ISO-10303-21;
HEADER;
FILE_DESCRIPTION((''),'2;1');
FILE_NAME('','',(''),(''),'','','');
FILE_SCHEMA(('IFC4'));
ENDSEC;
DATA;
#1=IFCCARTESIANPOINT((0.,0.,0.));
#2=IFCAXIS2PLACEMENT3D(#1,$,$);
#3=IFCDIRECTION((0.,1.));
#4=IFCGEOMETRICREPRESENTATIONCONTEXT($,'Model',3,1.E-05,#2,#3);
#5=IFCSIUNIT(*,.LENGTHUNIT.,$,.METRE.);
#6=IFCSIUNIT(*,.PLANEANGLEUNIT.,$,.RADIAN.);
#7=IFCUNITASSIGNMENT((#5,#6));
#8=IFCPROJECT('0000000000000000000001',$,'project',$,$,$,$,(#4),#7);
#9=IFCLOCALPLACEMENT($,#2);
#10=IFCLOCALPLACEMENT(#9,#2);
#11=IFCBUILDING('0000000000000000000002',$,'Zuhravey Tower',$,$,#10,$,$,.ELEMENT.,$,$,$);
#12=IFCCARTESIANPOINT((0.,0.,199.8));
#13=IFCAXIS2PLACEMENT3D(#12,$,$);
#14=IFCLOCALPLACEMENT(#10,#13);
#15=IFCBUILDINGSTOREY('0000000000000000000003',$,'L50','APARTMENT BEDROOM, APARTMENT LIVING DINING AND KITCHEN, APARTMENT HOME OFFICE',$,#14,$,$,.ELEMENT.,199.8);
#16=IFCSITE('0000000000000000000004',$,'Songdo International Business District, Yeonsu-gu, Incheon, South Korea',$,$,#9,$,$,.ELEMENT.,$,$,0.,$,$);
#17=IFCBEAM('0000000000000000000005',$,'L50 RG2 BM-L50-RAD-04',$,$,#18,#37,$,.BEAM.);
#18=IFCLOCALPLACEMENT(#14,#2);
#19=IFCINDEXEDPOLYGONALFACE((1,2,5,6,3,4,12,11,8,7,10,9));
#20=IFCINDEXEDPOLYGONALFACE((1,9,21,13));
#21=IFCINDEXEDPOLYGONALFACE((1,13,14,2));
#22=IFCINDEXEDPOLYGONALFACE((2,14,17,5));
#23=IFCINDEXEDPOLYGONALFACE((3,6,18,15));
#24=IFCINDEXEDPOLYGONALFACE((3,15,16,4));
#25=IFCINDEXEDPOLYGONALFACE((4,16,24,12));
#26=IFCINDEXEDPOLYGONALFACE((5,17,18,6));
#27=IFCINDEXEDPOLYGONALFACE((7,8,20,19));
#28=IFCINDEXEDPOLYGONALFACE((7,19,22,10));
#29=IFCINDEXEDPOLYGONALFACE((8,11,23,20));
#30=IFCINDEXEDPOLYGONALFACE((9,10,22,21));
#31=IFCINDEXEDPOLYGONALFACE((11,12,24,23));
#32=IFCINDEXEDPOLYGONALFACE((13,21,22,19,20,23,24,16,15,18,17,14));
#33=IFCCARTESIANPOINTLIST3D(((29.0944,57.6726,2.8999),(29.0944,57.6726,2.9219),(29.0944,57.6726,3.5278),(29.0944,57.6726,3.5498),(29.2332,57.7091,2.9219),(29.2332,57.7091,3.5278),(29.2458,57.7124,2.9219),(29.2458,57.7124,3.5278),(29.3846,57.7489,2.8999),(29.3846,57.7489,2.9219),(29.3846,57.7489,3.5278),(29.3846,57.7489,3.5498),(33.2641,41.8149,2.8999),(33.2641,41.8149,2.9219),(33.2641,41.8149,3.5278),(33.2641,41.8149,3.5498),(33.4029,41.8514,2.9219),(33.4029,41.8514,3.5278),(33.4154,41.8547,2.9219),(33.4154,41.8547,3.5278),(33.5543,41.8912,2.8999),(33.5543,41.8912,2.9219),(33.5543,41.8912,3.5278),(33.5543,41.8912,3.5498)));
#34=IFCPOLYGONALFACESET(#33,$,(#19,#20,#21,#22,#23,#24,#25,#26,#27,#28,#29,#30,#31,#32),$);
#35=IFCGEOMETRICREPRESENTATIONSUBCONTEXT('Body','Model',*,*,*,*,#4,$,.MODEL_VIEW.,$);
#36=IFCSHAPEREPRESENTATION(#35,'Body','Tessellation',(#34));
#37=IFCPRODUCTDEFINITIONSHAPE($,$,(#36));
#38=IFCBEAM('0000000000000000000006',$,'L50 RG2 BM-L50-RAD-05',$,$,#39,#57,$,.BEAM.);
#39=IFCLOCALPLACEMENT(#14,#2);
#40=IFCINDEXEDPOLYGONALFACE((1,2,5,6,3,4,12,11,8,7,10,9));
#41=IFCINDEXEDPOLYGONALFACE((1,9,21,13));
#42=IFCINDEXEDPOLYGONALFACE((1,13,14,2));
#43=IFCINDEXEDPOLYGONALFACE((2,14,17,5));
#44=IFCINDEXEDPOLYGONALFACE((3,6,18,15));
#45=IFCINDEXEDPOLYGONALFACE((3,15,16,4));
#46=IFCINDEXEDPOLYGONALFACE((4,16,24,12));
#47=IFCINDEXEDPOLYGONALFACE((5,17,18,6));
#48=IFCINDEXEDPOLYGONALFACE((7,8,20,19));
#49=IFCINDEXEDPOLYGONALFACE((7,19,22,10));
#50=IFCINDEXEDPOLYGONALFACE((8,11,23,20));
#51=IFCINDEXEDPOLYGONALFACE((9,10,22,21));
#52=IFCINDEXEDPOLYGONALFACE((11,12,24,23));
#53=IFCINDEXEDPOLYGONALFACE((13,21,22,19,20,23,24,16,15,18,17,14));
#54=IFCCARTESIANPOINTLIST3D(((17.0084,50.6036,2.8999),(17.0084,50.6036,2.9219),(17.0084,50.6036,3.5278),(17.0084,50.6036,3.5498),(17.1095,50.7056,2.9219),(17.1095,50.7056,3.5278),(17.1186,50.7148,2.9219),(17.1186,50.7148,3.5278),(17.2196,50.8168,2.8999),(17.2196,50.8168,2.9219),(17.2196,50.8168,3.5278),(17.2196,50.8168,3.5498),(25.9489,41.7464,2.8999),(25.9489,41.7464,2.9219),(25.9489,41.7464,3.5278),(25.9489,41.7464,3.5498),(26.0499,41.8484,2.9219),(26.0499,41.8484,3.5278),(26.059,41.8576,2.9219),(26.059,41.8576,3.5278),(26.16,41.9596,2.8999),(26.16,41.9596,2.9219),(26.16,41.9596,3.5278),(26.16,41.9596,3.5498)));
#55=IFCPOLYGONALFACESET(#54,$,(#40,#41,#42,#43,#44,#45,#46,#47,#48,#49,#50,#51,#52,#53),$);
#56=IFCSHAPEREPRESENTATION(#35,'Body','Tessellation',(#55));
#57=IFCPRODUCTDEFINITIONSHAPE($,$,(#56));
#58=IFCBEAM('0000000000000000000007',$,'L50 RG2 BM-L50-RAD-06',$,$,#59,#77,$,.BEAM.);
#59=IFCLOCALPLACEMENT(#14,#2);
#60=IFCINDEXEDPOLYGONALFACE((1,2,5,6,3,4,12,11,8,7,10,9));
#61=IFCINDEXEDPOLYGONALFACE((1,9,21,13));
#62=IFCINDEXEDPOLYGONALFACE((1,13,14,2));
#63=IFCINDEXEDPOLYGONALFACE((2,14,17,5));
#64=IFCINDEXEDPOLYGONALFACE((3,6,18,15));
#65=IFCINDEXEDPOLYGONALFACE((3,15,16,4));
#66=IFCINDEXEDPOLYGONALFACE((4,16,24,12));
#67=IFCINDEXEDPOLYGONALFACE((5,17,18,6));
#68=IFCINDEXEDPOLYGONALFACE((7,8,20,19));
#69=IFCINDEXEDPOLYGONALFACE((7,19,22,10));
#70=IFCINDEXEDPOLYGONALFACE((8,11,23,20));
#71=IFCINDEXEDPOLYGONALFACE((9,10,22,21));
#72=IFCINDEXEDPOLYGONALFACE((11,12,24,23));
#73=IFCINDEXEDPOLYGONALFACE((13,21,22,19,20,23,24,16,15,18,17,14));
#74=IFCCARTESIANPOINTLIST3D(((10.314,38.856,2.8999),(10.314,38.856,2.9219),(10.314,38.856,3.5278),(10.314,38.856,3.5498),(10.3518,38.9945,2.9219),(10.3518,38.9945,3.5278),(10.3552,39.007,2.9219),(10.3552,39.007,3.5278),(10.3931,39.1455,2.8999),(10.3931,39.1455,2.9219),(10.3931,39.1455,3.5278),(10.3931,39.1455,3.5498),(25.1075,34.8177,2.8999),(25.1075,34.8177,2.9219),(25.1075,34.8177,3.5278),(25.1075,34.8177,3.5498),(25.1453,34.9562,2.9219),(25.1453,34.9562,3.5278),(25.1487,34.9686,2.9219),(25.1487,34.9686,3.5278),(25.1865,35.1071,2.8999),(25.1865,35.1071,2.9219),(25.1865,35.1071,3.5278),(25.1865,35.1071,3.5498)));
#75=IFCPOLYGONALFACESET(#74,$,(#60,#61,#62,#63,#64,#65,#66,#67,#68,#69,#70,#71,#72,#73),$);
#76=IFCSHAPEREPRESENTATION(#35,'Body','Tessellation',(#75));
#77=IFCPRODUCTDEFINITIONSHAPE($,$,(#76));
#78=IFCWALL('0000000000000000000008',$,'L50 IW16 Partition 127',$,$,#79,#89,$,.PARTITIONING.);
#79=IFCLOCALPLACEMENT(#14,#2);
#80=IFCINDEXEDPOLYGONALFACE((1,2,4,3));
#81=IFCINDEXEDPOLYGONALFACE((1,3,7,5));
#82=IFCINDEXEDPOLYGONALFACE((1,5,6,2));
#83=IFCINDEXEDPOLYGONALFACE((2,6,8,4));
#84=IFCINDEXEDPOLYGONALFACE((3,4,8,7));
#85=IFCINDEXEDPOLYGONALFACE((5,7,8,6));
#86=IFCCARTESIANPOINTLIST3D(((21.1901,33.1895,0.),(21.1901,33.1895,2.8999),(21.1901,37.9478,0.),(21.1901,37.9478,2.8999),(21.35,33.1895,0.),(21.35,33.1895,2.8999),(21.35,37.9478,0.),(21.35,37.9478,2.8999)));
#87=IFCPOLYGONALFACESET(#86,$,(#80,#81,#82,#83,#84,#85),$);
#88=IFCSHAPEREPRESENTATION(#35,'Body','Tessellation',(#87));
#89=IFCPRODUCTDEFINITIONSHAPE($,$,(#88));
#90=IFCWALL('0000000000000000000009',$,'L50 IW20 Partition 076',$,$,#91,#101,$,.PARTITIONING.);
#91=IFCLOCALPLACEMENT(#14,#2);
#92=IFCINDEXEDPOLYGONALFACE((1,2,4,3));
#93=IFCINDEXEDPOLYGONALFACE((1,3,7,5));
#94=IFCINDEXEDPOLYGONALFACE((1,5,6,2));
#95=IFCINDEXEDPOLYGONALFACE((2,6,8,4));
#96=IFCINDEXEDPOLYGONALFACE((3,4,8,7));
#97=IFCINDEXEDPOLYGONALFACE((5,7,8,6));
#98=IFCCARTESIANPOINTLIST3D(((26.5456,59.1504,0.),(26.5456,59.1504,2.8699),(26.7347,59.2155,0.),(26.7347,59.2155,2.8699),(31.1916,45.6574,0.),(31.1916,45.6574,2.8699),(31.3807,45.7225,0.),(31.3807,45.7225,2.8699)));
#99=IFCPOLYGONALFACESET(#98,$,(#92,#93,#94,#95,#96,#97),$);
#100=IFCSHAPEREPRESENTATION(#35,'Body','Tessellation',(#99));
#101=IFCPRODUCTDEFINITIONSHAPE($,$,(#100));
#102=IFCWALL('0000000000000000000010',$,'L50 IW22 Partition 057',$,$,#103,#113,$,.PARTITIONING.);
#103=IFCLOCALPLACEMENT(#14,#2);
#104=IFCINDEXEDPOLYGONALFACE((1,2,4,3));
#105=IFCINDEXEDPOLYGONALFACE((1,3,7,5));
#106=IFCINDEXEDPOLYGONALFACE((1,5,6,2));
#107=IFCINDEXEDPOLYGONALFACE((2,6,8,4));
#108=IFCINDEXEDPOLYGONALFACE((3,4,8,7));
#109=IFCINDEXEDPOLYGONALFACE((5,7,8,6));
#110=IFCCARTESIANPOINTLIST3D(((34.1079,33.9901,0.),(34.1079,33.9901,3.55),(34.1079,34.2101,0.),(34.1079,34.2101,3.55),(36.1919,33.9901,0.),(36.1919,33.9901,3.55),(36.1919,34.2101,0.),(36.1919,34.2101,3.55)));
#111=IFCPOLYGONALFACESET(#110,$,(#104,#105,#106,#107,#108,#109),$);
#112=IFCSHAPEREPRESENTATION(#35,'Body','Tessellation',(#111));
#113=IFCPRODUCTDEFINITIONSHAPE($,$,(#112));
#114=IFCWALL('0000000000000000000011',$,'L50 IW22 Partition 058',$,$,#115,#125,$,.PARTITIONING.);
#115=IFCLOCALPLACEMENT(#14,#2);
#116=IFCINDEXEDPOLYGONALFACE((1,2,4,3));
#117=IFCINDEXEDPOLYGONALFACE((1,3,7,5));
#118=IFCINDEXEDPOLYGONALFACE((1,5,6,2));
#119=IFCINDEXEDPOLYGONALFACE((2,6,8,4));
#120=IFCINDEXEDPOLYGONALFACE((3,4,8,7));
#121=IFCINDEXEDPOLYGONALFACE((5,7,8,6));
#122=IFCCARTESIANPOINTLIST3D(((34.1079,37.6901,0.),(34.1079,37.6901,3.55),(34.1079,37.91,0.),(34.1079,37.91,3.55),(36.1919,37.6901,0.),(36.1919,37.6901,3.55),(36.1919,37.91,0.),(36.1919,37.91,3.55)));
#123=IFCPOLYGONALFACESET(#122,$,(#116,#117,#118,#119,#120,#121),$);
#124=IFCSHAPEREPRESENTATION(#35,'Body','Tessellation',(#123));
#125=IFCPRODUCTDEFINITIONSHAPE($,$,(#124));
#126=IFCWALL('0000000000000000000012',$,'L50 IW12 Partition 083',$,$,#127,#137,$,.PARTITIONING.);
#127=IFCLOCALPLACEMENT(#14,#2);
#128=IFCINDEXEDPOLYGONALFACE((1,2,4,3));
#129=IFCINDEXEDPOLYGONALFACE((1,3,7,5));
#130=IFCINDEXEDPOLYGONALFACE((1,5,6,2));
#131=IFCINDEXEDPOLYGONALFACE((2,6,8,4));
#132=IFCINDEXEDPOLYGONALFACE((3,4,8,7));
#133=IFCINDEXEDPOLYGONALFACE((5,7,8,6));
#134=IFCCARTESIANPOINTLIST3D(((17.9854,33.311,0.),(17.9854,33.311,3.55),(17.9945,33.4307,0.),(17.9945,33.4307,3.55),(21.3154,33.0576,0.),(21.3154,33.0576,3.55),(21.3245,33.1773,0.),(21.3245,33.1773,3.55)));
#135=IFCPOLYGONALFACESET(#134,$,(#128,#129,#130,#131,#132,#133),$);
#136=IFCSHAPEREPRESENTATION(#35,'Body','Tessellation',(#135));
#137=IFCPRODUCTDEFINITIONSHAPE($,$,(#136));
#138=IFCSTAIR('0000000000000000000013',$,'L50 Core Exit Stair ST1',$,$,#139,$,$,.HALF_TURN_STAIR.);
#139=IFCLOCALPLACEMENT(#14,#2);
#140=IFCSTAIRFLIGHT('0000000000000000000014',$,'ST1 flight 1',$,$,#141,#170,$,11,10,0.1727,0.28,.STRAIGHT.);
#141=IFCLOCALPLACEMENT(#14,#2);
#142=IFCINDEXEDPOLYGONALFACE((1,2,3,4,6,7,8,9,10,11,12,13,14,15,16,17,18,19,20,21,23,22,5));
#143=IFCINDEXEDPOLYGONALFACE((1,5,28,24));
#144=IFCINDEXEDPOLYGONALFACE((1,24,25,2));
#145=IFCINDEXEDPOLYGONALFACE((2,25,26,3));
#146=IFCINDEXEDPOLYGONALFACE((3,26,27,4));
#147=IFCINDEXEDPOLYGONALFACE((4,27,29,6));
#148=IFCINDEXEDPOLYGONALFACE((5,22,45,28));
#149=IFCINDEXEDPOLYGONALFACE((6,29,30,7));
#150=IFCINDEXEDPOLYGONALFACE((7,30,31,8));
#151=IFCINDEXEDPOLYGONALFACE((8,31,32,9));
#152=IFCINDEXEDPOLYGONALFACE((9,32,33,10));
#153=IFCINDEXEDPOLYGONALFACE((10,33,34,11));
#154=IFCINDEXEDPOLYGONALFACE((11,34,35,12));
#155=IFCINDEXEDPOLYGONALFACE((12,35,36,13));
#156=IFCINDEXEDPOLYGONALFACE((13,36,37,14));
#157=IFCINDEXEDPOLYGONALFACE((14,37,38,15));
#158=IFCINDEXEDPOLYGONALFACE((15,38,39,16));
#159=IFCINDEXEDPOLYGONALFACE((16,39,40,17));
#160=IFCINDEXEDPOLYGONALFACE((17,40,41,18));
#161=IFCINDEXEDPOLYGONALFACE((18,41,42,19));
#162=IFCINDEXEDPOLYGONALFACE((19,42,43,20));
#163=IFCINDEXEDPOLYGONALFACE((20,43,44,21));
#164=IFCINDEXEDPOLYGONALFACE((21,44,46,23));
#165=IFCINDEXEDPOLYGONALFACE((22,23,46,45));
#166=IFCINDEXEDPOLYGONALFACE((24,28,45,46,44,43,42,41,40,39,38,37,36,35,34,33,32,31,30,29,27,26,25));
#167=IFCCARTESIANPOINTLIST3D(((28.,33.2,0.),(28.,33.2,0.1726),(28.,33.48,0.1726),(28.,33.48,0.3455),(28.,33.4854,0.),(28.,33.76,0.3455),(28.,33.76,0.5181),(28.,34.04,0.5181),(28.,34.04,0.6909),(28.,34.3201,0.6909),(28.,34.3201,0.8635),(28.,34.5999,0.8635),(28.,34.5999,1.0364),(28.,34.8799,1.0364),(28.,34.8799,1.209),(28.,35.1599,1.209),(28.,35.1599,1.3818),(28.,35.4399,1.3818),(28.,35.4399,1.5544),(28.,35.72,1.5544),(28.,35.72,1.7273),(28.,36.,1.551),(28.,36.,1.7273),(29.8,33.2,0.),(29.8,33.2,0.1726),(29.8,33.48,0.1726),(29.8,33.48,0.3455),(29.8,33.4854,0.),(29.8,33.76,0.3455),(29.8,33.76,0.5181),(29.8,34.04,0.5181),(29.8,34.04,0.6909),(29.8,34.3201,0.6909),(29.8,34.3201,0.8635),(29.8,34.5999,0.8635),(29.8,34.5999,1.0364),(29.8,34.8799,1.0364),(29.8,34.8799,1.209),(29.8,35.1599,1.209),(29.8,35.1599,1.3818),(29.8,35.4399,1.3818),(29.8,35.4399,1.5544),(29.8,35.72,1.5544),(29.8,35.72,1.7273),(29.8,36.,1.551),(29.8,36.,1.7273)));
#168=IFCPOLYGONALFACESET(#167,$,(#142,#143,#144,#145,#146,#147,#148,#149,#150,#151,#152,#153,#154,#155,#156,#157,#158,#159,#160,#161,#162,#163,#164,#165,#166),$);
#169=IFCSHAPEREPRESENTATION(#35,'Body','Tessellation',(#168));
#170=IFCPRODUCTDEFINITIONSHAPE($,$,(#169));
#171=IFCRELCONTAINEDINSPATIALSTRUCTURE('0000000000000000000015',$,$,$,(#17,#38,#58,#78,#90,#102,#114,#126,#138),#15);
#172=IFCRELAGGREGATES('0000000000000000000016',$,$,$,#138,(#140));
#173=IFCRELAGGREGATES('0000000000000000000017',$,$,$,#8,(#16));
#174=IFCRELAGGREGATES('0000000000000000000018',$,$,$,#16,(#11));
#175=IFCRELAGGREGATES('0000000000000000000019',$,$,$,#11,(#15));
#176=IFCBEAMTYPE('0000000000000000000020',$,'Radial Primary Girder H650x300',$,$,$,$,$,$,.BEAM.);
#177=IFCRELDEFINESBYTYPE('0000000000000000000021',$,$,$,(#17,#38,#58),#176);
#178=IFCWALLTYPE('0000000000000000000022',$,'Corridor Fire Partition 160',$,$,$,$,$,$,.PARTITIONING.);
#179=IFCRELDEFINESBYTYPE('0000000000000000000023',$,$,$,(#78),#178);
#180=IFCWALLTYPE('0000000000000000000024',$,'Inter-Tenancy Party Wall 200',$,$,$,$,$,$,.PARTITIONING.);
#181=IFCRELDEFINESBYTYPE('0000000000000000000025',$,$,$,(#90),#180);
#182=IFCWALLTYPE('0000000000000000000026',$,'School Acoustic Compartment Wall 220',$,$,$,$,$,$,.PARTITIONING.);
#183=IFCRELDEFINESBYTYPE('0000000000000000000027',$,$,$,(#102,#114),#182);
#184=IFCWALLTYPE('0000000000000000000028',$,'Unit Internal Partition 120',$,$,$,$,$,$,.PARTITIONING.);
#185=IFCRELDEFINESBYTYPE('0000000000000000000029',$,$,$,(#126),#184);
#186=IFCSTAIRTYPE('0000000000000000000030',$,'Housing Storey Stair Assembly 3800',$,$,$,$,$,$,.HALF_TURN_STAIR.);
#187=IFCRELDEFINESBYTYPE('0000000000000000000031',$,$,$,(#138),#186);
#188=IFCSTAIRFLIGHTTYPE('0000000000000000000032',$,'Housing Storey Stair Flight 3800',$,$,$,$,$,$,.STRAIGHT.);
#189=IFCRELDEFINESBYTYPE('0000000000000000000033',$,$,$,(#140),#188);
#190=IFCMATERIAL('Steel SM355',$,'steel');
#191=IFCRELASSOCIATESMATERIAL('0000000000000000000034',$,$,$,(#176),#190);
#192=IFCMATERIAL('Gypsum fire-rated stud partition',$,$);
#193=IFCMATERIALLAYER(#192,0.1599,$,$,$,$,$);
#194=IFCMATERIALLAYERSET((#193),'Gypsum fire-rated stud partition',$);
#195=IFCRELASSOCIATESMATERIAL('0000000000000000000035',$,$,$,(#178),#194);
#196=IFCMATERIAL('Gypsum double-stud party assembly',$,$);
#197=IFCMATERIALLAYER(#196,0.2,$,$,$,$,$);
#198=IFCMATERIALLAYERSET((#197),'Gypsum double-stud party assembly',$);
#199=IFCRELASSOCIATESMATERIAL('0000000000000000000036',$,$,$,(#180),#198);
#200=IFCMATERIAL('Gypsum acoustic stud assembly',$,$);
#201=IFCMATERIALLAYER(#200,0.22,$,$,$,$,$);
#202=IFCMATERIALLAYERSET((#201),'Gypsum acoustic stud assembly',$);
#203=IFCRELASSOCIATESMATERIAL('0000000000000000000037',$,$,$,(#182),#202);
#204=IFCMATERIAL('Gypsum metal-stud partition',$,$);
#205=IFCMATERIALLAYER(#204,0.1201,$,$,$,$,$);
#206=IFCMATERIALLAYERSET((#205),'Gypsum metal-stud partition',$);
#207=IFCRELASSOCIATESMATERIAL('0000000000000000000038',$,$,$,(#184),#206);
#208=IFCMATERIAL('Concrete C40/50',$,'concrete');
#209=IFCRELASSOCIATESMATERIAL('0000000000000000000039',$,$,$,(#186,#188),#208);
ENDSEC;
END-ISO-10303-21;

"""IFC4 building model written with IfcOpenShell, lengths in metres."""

from ifc_helpers import new_model, si_unit, direction, frame, frame_2d, origin, origin_2d, place, context, subcontext, project, spatial, polyline, rectangle, i_section, outline, extrude, material, layer, layer_set, material_profile, profile_set, type_object, element, aggregate, save


model = new_model("IFC4")

# Units and contexts
model_context = context("Model", 3, precision=1e-05, world=origin(), true_north=direction((0.0, 1.0)))
body_context = subcontext(model_context, "Body", "Model", "MODEL_VIEW")
ifc_project = project(units=[si_unit("LENGTHUNIT", "METRE"), si_unit("PLANEANGLEUNIT", "RADIAN")], contexts=[model_context])

# Site, building, storey
site_placement = place(None, origin())
site = spatial("IfcSite", under=ifc_project, at=site_placement, Name="Songdo International Business District, Yeonsu-gu, Incheon, South Korea", CompositionType="ELEMENT", RefElevation=0.0)
building_placement = place(site_placement, origin())
building = spatial("IfcBuilding", under=site, at=building_placement, Name="Zuhravey Tower", CompositionType="ELEMENT")
storey_placement = place(building_placement, frame((0.0, 0.0, 199.8)))
storey = spatial("IfcBuildingStorey", under=building, at=storey_placement, Name="L50", Description="APARTMENT BEDROOM, APARTMENT LIVING DINING AND KITCHEN, APARTMENT HOME OFFICE", CompositionType="ELEMENT", Elevation=199.8)

# Beams
ifc_material_1 = material(Name="Steel SM355", Category="steel")
ifc_material_profile = material_profile(ifc_material_1, i_section(OverallWidth=0.3, OverallDepth=0.6499, WebThickness=0.0129, FlangeThickness=0.022, at=origin_2d()), Name="H-650x300x13x22")
ifc_profile_set = profile_set([ifc_material_profile], Name="Steel SM355")
beam_type = type_object("IfcBeamType", Name="Radial Primary Girder H650x300", PredefinedType="BEAM", material=ifc_profile_set)
beam_1_placement = place(storey_placement, frame((33.4092, 41.853, 3.2249), z_axis=(-0.2543, 0.967125, 0.0), x_axis=(-0.967125, -0.2543, 0.0)))
element("IfcBeam", 1, at=beam_1_placement, inside=storey, type_object=beam_type, Name="L50 RG2 BM-L50-RAD-04", PredefinedType="BEAM", context=body_context, shape_type="SweptSolid", body=[
    extrude(i_section(OverallWidth=0.3, OverallDepth=0.6499, WebThickness=0.0129, FlangeThickness=0.022, at=origin_2d()), origin(), (0.0, 0.0, 1.0), 16.3967),
])
beam_2_placement = place(storey_placement, frame((26.0544, 41.853, 3.2249), z_axis=(-0.710407, 0.703791, 0.0), x_axis=(-0.703791, -0.710407, 0.0)))
element("IfcBeam", 2, at=beam_2_placement, inside=storey, type_object=beam_type, Name="L50 RG2 BM-L50-RAD-05", PredefinedType="BEAM", context=body_context, shape_type="SweptSolid", body=[
    extrude(i_section(OverallWidth=0.3, OverallDepth=0.6499, WebThickness=0.0129, FlangeThickness=0.022, at=origin_2d()), origin(), (0.0, 0.0, 1.0), 12.585),
])
beam_3_placement = place(storey_placement, frame((25.147, 34.9624, 3.2249), z_axis=(-0.964702, 0.263345, 0.0), x_axis=(-0.263345, -0.964702, 0.0)))
element("IfcBeam", 3, at=beam_3_placement, inside=storey, type_object=beam_type, Name="L50 RG2 BM-L50-RAD-06", PredefinedType="BEAM", context=body_context, shape_type="SweptSolid", body=[
    extrude(i_section(OverallWidth=0.3, OverallDepth=0.6499, WebThickness=0.0129, FlangeThickness=0.022, at=origin_2d()), origin(), (0.0, 0.0, 1.0), 15.3347),
])

# Shared definitions
ifc_material_2 = material(Name="Gypsum fire-rated stud partition")
ifc_layer_1 = layer(ifc_material_2, 0.1599)
ifc_layer_set_1 = layer_set([ifc_layer_1], Name="Gypsum fire-rated stud partition")
wall_type_1 = type_object("IfcWallType", Name="Corridor Fire Partition 160", PredefinedType="PARTITIONING", material=ifc_layer_set_1)

# Walls
wall_1_placement = place(storey_placement, frame((21.27, 37.9478, 0.0), z_axis=(0.0, 0.0, 1.0), x_axis=(0.0, -1.0, 0.0)))
element("IfcWall", 4, at=wall_1_placement, inside=storey, type_object=wall_type_1, Name="L50 IW16 Partition 127", PredefinedType="PARTITIONING", context=body_context, shape_type="SweptSolid", body=[
    extrude(rectangle(XDim=4.7583, YDim=0.1599, at=frame_2d((2.3792, 0.0))), origin(), (0.0, 0.0, 1.0), 2.8999),
])
ifc_material_3 = material(Name="Gypsum double-stud party assembly")
ifc_layer_2 = layer(ifc_material_3, 0.2)
ifc_layer_set_2 = layer_set([ifc_layer_2], Name="Gypsum double-stud party assembly")
wall_type_2 = type_object("IfcWallType", Name="Inter-Tenancy Party Wall 200", PredefinedType="PARTITIONING", material=ifc_layer_set_2)
wall_2_placement = place(storey_placement, frame((31.2861, 45.6899, 0.0), z_axis=(0.0, 0.0, 1.0), x_axis=(-0.325564, 0.94552, 0.0)))
element("IfcWall", 5, at=wall_2_placement, inside=storey, type_object=wall_type_2, Name="L50 IW20 Partition 076", PredefinedType="PARTITIONING", context=body_context, shape_type="SweptSolid", body=[
    extrude(rectangle(XDim=14.2705, YDim=0.2, at=frame_2d((7.1353, 0.0))), origin(), (0.0, 0.0, 1.0), 2.8699),
])
ifc_material_4 = material(Name="Gypsum acoustic stud assembly")
ifc_layer_3 = layer(ifc_material_4, 0.22)
ifc_layer_set_3 = layer_set([ifc_layer_3], Name="Gypsum acoustic stud assembly")
wall_type_3 = type_object("IfcWallType", Name="School Acoustic Compartment Wall 220", PredefinedType="PARTITIONING", material=ifc_layer_set_3)
for number, where, z_axis, x_axis, name in (
    (6, (34.1079, 34.1001, 0.0), (0.0, 0.0, 1.0), (1.0, 0.0, 0.0), "L50 IW22 Partition 057"),
    (7, (34.1079, 37.8, 0.0), (0.0, 0.0, 1.0), (1.0, 0.0, 0.0), "L50 IW22 Partition 058"),
):
    element("IfcWall", number, at=place(storey_placement, frame(where, z_axis=z_axis, x_axis=x_axis)), inside=storey, type_object=wall_type_3, Name=name, PredefinedType="PARTITIONING", context=body_context, shape_type="SweptSolid", body=[
        extrude(rectangle(XDim=2.084, YDim=0.22, at=frame_2d((1.042, 0.0))), origin(), (0.0, 0.0, 1.0), 3.55),
    ])
ifc_material_5 = material(Name="Gypsum metal-stud partition")
ifc_layer_4 = layer(ifc_material_5, 0.1201)
ifc_layer_set_4 = layer_set([ifc_layer_4], Name="Gypsum metal-stud partition")
wall_type_4 = type_object("IfcWallType", Name="Unit Internal Partition 120", PredefinedType="PARTITIONING", material=ifc_layer_set_4)
wall_3_placement = place(storey_placement, frame((21.3201, 33.1174, 0.0), z_axis=(0.0, 0.0, 1.0), x_axis=(-0.997117, 0.07588, 0.0)))
element("IfcWall", 8, at=wall_3_placement, inside=storey, type_object=wall_type_4, Name="L50 IW12 Partition 083", PredefinedType="PARTITIONING", context=body_context, shape_type="SweptSolid", body=[
    extrude(rectangle(XDim=3.3396, YDim=0.1201, at=frame_2d((1.6699, 0.0))), origin(), (0.0, 0.0, 1.0), 3.55),
])

# Stair, stair flight
ifc_material_6 = material(Name="Concrete C40/50", Category="concrete")
stair_type = type_object("IfcStairType", Name="Housing Storey Stair Assembly 3800", PredefinedType="HALF_TURN_STAIR", material=ifc_material_6)
stair_1_placement = place(storey_placement, origin())
stair_1 = element("IfcStair", 9, at=stair_1_placement, inside=storey, type_object=stair_type, Name="L50 Core Exit Stair ST1", PredefinedType="HALF_TURN_STAIR")
stair_flight_type = type_object("IfcStairFlightType", Name="Housing Storey Stair Flight 3800", PredefinedType="STRAIGHT", material=ifc_material_6)
stair_flight_1_placement = place(storey_placement, frame((28.8999, 33.2, 0.0), z_axis=(0.0, 0.0, 1.0), x_axis=(0.0, 1.0, 0.0)))
stair_flight_1 = element("IfcStairFlight", 10, at=stair_flight_1_placement, type_object=stair_flight_type, Name="ST1 flight 1", NumberOfRisers=11, NumberOfTreads=10, PredefinedType="STRAIGHT", RiserHeight=0.1727, TreadLength=0.28, context=body_context, shape_type="SweptSolid", body=[
    extrude(outline(polyline([(0.0, 0.0), (0.0, 0.1726), (0.28, 0.1726), (0.28, 0.3455), (0.5601, 0.3455), (0.5601, 0.5181), (0.8401, 0.5181), (0.8401, 0.6909), (1.1201, 0.6909), (1.1201, 0.8635), (1.3999, 0.8635), (1.3999, 1.0364), (1.6799, 1.0364), (1.6799, 1.209), (1.96, 1.209), (1.96, 1.3818), (2.24, 1.3818), (2.24, 1.5544), (2.52, 1.5544), (2.52, 1.7273), (2.8, 1.7273), (2.8, 1.8999), (2.8, 1.551), (0.2854, 0.0), (0.0, 0.0)])), frame((0.0, 0.8999, 0.0), z_axis=(0.0, -1.0, 0.0), x_axis=(1.0, 0.0, 0.0)), (0.0, 0.0, 1.0), 1.8),
])
aggregate(stair_1, [stair_flight_1])

save(model, "model.ifc")
